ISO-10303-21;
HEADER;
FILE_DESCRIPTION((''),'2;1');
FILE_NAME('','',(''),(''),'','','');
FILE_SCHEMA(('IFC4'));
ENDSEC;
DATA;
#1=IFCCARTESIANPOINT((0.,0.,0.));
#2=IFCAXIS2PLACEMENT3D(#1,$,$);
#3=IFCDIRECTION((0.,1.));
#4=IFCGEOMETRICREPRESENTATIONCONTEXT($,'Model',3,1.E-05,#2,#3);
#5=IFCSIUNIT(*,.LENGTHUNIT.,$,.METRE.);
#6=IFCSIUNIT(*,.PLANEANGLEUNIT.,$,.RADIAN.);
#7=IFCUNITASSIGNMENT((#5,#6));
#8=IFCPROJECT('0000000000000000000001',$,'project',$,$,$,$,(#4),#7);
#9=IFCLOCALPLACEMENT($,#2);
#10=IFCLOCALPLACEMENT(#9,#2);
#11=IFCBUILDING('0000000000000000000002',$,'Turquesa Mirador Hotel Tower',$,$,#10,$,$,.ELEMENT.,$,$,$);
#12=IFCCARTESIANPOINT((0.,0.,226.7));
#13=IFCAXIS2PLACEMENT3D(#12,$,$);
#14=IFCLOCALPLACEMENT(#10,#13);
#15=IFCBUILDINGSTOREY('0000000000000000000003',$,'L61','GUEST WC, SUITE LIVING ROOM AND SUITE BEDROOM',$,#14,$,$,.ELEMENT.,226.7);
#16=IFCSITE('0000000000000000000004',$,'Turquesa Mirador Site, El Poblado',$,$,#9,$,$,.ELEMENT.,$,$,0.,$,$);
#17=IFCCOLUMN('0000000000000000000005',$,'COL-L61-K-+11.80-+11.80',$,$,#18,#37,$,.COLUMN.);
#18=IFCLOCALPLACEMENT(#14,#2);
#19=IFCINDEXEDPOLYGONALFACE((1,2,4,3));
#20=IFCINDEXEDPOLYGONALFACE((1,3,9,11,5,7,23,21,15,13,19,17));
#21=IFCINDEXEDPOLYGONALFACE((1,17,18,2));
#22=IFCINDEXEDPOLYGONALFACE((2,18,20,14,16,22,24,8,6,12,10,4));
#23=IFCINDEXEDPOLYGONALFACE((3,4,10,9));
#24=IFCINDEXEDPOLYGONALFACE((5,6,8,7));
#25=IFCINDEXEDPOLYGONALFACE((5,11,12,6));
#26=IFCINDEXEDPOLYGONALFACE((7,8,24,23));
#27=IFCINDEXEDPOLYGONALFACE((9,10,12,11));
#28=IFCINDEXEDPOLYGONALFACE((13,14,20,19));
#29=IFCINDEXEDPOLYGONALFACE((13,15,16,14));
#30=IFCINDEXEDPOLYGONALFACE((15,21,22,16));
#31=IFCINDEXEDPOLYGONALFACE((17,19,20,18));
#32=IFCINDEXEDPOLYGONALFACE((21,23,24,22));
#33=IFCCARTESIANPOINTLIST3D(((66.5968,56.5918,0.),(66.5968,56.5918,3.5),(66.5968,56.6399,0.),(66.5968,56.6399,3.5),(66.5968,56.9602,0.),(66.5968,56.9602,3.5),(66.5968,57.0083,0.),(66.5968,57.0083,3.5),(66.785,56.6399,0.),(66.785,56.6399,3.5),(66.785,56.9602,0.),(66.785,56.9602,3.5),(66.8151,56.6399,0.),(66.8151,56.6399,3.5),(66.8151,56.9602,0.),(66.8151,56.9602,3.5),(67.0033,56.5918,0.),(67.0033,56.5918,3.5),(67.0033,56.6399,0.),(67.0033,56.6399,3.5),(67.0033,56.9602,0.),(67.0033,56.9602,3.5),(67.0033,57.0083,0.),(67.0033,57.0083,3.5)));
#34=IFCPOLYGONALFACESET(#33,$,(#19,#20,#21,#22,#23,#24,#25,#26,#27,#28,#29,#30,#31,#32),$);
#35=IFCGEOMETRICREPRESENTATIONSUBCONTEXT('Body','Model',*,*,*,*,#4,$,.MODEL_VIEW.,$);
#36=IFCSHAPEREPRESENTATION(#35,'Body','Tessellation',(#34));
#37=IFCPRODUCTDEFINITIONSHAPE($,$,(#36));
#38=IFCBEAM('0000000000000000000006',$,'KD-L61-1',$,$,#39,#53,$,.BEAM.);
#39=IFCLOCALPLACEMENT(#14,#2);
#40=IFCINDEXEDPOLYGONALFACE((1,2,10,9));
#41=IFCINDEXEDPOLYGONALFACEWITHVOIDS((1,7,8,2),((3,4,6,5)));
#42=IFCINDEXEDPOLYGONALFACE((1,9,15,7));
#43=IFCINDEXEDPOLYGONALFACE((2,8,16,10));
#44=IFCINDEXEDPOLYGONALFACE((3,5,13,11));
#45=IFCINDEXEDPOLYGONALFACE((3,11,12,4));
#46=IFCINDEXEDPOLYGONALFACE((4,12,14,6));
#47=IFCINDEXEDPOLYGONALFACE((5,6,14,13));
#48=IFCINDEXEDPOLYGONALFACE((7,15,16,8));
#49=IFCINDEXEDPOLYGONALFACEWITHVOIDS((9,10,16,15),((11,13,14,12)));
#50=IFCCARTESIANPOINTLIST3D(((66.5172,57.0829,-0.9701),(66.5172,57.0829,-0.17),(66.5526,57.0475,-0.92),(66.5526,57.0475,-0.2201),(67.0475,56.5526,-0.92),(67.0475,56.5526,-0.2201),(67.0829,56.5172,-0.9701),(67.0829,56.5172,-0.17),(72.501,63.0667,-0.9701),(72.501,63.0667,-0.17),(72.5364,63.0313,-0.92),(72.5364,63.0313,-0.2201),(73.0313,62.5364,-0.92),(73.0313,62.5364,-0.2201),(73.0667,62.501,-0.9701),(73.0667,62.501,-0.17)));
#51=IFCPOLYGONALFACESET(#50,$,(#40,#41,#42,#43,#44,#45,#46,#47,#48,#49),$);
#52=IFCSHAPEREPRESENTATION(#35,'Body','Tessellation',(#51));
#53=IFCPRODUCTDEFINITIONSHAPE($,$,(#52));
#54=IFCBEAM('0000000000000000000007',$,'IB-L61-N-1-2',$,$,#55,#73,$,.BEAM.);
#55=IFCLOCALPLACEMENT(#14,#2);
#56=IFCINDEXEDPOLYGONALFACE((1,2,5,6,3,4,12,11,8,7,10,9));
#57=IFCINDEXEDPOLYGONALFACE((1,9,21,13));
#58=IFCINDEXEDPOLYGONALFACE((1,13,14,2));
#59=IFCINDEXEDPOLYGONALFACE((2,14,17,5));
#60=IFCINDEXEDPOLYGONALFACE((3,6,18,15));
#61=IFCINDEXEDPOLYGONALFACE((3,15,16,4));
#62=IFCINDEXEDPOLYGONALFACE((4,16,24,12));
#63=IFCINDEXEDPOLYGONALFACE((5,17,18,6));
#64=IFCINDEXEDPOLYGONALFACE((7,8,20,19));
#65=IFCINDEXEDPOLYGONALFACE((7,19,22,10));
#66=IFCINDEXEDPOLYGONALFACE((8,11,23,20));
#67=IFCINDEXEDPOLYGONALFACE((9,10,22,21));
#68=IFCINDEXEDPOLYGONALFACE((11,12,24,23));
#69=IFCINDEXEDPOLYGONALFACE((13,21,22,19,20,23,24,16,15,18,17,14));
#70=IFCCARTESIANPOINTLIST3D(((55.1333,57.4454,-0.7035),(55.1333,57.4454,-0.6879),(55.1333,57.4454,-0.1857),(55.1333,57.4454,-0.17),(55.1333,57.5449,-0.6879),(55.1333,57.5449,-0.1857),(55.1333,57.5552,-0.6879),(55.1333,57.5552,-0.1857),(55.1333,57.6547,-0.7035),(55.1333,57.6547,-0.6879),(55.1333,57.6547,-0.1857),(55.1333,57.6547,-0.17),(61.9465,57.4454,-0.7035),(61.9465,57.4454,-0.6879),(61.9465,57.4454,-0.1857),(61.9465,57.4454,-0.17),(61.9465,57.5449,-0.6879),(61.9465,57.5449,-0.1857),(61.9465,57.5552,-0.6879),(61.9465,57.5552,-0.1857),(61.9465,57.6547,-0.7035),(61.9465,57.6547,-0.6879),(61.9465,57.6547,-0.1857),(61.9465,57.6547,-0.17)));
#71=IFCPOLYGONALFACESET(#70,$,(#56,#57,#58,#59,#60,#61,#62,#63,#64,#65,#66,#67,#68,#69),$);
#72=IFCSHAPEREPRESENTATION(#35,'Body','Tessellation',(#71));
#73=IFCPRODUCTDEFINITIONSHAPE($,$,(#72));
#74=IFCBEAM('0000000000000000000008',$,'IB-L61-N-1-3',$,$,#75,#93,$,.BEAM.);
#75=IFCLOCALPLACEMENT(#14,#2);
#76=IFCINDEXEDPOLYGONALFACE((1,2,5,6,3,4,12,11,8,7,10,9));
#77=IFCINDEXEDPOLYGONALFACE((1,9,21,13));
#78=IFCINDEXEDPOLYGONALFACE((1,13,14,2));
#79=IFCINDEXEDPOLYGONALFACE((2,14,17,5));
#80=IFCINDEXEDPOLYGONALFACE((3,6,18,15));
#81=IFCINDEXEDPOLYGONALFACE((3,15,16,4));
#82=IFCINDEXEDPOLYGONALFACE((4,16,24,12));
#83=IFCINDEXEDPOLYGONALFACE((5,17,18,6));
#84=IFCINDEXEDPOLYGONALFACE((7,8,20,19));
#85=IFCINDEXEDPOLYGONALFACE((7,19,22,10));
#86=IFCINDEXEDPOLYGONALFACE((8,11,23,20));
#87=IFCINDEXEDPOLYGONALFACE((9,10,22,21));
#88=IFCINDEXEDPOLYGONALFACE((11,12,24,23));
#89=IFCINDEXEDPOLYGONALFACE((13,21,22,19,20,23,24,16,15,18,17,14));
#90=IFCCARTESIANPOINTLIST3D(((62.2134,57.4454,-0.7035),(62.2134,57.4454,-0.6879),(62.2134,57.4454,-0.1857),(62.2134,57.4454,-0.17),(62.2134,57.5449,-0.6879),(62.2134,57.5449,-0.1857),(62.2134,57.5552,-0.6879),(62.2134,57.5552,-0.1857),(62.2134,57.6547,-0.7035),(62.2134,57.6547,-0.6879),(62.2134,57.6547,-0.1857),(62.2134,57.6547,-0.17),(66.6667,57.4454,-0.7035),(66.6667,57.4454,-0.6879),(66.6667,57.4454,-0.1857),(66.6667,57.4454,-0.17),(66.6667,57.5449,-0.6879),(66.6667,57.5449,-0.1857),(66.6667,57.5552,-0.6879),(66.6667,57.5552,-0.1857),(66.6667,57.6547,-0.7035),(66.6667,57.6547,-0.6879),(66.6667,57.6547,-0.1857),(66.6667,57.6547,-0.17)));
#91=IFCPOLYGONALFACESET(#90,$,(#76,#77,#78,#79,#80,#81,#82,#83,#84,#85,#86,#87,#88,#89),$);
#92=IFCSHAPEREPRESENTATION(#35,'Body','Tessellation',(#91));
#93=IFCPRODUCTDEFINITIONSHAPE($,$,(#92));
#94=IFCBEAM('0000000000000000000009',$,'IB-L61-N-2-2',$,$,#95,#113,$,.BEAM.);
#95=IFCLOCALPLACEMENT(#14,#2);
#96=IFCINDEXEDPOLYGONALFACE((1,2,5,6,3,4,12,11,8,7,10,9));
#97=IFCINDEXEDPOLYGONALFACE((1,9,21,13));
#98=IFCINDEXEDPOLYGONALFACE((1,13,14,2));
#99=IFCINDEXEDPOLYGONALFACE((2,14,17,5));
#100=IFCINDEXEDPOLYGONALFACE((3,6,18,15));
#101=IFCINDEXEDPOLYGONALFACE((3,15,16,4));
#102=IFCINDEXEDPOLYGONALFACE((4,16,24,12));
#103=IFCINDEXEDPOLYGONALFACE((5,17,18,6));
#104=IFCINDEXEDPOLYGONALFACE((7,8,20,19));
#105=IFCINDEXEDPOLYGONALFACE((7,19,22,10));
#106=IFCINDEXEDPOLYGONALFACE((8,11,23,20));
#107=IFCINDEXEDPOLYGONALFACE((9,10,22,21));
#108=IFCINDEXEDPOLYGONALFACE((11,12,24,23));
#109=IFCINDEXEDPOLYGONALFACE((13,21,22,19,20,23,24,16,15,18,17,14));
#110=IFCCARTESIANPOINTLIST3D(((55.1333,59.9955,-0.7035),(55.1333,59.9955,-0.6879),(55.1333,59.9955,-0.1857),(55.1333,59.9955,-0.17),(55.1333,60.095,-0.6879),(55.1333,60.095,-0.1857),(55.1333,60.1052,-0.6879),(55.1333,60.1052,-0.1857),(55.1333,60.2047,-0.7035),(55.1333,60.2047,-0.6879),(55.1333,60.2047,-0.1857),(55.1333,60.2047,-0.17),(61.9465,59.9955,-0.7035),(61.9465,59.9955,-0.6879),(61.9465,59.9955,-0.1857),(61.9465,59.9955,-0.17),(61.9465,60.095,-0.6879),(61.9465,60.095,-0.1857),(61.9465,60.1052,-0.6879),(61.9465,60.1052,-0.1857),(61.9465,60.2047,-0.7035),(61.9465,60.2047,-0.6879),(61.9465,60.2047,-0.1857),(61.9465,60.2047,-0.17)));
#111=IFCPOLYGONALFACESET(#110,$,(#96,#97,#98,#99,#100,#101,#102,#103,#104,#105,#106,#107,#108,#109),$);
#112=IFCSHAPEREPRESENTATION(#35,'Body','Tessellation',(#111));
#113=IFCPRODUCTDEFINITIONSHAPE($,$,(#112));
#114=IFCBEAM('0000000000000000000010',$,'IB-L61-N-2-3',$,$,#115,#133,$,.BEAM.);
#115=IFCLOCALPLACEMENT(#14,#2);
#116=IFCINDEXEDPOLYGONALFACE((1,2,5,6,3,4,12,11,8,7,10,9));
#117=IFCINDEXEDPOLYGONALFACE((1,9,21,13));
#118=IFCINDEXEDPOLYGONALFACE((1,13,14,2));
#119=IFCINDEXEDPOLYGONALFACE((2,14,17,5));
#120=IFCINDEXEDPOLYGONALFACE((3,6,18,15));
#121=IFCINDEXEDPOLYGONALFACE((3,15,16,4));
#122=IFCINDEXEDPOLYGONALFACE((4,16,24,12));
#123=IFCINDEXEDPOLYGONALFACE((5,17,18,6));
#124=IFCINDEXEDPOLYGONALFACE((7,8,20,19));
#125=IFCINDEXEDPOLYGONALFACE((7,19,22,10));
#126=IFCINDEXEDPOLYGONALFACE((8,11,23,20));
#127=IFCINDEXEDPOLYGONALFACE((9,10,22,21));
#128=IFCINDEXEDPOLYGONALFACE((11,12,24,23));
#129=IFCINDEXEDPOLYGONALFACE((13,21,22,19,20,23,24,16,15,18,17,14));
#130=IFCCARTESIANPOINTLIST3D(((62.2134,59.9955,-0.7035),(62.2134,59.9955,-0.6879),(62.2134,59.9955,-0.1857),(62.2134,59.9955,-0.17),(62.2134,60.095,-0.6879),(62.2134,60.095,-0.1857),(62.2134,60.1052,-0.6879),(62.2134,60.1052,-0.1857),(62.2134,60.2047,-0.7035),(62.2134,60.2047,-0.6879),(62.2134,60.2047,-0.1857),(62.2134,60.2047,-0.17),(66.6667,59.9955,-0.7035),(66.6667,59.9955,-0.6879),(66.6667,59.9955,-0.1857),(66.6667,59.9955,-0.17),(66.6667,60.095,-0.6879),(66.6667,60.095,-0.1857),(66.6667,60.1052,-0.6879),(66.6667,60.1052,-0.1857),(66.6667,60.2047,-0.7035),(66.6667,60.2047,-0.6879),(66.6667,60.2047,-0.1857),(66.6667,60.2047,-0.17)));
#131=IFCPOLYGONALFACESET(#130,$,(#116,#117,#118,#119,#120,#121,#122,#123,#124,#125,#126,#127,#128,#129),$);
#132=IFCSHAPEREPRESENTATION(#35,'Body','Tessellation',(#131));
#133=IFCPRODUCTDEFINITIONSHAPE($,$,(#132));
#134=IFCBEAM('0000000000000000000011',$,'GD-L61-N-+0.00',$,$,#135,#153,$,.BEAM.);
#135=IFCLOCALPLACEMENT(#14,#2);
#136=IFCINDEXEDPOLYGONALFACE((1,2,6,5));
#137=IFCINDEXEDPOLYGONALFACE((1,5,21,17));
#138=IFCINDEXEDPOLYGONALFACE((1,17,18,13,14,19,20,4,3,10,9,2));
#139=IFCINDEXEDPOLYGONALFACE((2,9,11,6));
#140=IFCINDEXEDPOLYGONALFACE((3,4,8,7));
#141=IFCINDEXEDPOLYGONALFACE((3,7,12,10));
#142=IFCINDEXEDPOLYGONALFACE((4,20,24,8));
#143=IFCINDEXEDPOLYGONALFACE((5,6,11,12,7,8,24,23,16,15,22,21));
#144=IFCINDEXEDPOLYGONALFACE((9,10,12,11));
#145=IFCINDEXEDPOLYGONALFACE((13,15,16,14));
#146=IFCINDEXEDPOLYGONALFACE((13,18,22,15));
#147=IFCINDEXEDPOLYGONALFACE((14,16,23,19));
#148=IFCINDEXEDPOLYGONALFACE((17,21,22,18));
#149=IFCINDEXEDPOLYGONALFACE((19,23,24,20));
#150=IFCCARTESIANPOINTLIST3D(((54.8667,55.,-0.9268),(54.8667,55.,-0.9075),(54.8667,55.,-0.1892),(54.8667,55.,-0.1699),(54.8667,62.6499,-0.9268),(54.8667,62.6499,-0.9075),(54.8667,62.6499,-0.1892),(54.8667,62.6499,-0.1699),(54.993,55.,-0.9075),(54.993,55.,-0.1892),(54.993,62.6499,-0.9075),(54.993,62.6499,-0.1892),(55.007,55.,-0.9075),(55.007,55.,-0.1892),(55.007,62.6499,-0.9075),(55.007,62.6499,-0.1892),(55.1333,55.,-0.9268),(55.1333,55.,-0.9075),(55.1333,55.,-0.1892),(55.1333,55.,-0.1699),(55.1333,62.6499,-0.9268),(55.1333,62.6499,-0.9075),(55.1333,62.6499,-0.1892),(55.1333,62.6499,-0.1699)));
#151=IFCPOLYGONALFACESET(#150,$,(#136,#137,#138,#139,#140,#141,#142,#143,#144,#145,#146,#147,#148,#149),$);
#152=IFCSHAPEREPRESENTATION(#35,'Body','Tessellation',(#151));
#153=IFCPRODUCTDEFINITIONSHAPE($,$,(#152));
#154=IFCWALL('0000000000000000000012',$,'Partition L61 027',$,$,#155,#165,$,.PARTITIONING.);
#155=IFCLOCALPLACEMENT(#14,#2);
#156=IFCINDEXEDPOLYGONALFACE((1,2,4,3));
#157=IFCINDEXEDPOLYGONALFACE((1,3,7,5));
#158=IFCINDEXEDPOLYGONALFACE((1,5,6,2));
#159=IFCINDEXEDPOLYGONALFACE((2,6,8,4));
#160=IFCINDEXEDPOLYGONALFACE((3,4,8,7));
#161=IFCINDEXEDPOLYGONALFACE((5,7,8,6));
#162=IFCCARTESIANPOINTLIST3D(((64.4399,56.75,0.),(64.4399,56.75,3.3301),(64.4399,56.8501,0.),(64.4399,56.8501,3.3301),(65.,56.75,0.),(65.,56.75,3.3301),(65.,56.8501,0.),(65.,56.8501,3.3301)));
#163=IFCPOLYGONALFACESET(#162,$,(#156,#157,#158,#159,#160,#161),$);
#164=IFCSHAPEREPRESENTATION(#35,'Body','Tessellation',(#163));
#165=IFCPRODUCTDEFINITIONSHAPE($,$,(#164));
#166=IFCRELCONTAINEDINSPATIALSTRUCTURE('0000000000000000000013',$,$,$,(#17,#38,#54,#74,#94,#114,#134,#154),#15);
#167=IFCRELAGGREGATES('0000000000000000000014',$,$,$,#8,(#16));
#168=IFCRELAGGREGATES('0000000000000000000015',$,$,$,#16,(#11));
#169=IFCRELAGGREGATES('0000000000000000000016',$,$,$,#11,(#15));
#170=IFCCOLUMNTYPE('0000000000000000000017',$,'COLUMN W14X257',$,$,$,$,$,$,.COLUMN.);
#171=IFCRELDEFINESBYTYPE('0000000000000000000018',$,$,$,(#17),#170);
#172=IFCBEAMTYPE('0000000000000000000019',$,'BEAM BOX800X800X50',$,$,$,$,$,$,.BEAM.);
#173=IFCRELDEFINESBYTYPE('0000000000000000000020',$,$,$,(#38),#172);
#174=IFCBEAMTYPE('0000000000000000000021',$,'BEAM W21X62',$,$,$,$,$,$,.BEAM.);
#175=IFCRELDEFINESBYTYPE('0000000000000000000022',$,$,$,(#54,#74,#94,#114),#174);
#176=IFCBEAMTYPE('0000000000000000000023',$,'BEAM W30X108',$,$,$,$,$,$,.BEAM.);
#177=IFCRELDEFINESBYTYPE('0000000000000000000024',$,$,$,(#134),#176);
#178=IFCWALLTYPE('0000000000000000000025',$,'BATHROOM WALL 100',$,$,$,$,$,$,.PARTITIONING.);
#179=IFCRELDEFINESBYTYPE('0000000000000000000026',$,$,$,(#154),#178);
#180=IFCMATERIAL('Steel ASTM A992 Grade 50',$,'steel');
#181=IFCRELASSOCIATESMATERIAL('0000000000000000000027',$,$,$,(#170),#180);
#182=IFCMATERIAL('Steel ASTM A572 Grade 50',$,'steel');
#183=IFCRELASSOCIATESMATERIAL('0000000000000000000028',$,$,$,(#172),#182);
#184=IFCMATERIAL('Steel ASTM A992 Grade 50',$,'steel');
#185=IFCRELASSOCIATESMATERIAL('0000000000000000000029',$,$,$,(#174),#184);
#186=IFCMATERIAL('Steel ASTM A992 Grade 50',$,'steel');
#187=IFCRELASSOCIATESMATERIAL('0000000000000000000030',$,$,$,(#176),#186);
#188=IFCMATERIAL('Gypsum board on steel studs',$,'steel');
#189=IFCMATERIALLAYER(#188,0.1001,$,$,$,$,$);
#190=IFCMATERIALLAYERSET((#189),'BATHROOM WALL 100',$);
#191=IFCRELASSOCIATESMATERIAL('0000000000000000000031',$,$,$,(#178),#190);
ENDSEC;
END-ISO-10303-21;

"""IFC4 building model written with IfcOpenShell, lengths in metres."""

from ifc_helpers import new_model, si_unit, direction, frame, frame_2d, origin, origin_2d, place, context, subcontext, project, spatial, rectangle, hollow_rectangle, i_section, extrude, material, layer, layer_set, material_profile, profile_set, type_object, element, save


model = new_model("IFC4")

# Units and contexts
model_context = context("Model", 3, precision=1e-05, world=origin(), true_north=direction((0.0, 1.0)))
body_context = subcontext(model_context, "Body", "Model", "MODEL_VIEW")
ifc_project = project(units=[si_unit("LENGTHUNIT", "METRE"), si_unit("PLANEANGLEUNIT", "RADIAN")], contexts=[model_context])

# Site, building, storey
site_placement = place(None, origin())
site = spatial("IfcSite", under=ifc_project, at=site_placement, Name="Turquesa Mirador Site, El Poblado", CompositionType="ELEMENT", RefElevation=0.0)
building_placement = place(site_placement, origin())
building = spatial("IfcBuilding", under=site, at=building_placement, Name="Turquesa Mirador Hotel Tower", CompositionType="ELEMENT")
storey_placement = place(building_placement, frame((0.0, 0.0, 226.7)))
storey = spatial("IfcBuildingStorey", under=building, at=storey_placement, Name="L61", Description="GUEST WC, SUITE LIVING ROOM AND SUITE BEDROOM", CompositionType="ELEMENT", Elevation=226.7)

# Column
ifc_material_1 = material(Name="Steel ASTM A992 Grade 50", Category="steel")
ifc_material_profile_1 = material_profile(ifc_material_1, i_section(OverallWidth=0.4065, OverallDepth=0.4165, WebThickness=0.03, FlangeThickness=0.0481, at=origin_2d()), Name="W14X257")
ifc_profile_set_1 = profile_set([ifc_material_profile_1], Name="Steel ASTM A992 Grade 50")
column_type = type_object("IfcColumnType", Name="COLUMN W14X257", PredefinedType="COLUMN", material=ifc_profile_set_1)
column_placement = place(storey_placement, frame((66.8, 56.8, 0.0), z_axis=(0.0, 0.0, 1.0), x_axis=(1.0, 0.0, 0.0)))
element("IfcColumn", 1, at=column_placement, inside=storey, type_object=column_type, Name="COL-L61-K-+11.80-+11.80", PredefinedType="COLUMN", context=body_context, shape_type="SweptSolid", body=[
    extrude(i_section(OverallWidth=0.4065, OverallDepth=0.4165, WebThickness=0.03, FlangeThickness=0.0481, at=origin_2d()), origin(), (0.0, 0.0, 1.0), 3.5),
])

# Beams
ifc_material_2 = material(Name="Steel ASTM A572 Grade 50", Category="steel")
ifc_material_profile_2 = material_profile(ifc_material_2, hollow_rectangle(XDim=0.8, YDim=0.8, WallThickness=0.05, at=origin_2d()), Name="BOX800X800X50")
ifc_profile_set_2 = profile_set([ifc_material_profile_2], Name="Steel ASTM A572 Grade 50")
beam_type_1 = type_object("IfcBeamType", Name="BEAM BOX800X800X50", PredefinedType="BEAM", material=ifc_profile_set_2)
beam_1_placement = place(storey_placement, frame((66.8, 56.8, -0.5701), z_axis=(0.707107, 0.707107, 0.0), x_axis=(-0.707107, 0.707107, 0.0)))
element("IfcBeam", 2, at=beam_1_placement, inside=storey, type_object=beam_type_1, Name="KD-L61-1", PredefinedType="BEAM", context=body_context, shape_type="SweptSolid", body=[
    extrude(hollow_rectangle(XDim=0.8, YDim=0.8, WallThickness=0.05, at=origin_2d()), origin(), (0.0, 0.0, 1.0), 8.4624),
])
ifc_material_3 = material(Name="Steel ASTM A992 Grade 50", Category="steel")
ifc_material_profile_3 = material_profile(ifc_material_3, i_section(OverallWidth=0.2092, OverallDepth=0.5334, WebThickness=0.0103, FlangeThickness=0.0156, at=origin_2d()), Name="W21X62")
ifc_profile_set_3 = profile_set([ifc_material_profile_3], Name="Steel ASTM A992 Grade 50")
beam_type_2 = type_object("IfcBeamType", Name="BEAM W21X62", PredefinedType="BEAM", material=ifc_profile_set_3)
beam_2_placement = place(storey_placement, frame((55.1333, 57.55, -0.4368), z_axis=(1.0, 0.0, 0.0), x_axis=(0.0, 1.0, 0.0)))
element("IfcBeam", 3, at=beam_2_placement, inside=storey, type_object=beam_type_2, Name="IB-L61-N-1-2", PredefinedType="BEAM", context=body_context, shape_type="SweptSolid", body=[
    extrude(i_section(OverallWidth=0.2092, OverallDepth=0.5334, WebThickness=0.0103, FlangeThickness=0.0156, at=origin_2d()), origin(), (0.0, 0.0, 1.0), 6.8132),
])
beam_3_placement = place(storey_placement, frame((62.2134, 57.55, -0.4368), z_axis=(1.0, 0.0, 0.0), x_axis=(0.0, 1.0, 0.0)))
element("IfcBeam", 4, at=beam_3_placement, inside=storey, type_object=beam_type_2, Name="IB-L61-N-1-3", PredefinedType="BEAM", context=body_context, shape_type="SweptSolid", body=[
    extrude(i_section(OverallWidth=0.2092, OverallDepth=0.5334, WebThickness=0.0103, FlangeThickness=0.0156, at=origin_2d()), origin(), (0.0, 0.0, 1.0), 4.4534),
])
beam_4_placement = place(storey_placement, frame((55.1333, 60.1001, -0.4368), z_axis=(1.0, 0.0, 0.0), x_axis=(0.0, 1.0, 0.0)))
element("IfcBeam", 5, at=beam_4_placement, inside=storey, type_object=beam_type_2, Name="IB-L61-N-2-2", PredefinedType="BEAM", context=body_context, shape_type="SweptSolid", body=[
    extrude(i_section(OverallWidth=0.2092, OverallDepth=0.5334, WebThickness=0.0103, FlangeThickness=0.0156, at=origin_2d()), origin(), (0.0, 0.0, 1.0), 6.8132),
])
beam_5_placement = place(storey_placement, frame((62.2134, 60.1001, -0.4368), z_axis=(1.0, 0.0, 0.0), x_axis=(0.0, 1.0, 0.0)))
element("IfcBeam", 6, at=beam_5_placement, inside=storey, type_object=beam_type_2, Name="IB-L61-N-2-3", PredefinedType="BEAM", context=body_context, shape_type="SweptSolid", body=[
    extrude(i_section(OverallWidth=0.2092, OverallDepth=0.5334, WebThickness=0.0103, FlangeThickness=0.0156, at=origin_2d()), origin(), (0.0, 0.0, 1.0), 4.4534),
])
ifc_material_4 = material(Name="Steel ASTM A992 Grade 50", Category="steel")
ifc_material_profile_4 = material_profile(ifc_material_4, i_section(OverallWidth=0.2666, OverallDepth=0.7568, WebThickness=0.0139, FlangeThickness=0.0193, at=origin_2d()), Name="W30X108")
ifc_profile_set_4 = profile_set([ifc_material_profile_4], Name="Steel ASTM A992 Grade 50")
beam_type_3 = type_object("IfcBeamType", Name="BEAM W30X108", PredefinedType="BEAM", material=ifc_profile_set_4)
beam_6_placement = place(storey_placement, frame((55.0, 62.6499, -0.5483), z_axis=(0.0, -1.0, 0.0), x_axis=(1.0, 0.0, 0.0)))
element("IfcBeam", 7, at=beam_6_placement, inside=storey, type_object=beam_type_3, Name="GD-L61-N-+0.00", PredefinedType="BEAM", context=body_context, shape_type="SweptSolid", body=[
    extrude(i_section(OverallWidth=0.2666, OverallDepth=0.7568, WebThickness=0.0139, FlangeThickness=0.0193, at=origin_2d()), origin(), (0.0, 0.0, 1.0), 7.6499),
])

# Wall
ifc_material_5 = material(Name="Gypsum board on steel studs", Category="steel")
ifc_layer_1 = layer(ifc_material_5, 0.1001)
ifc_layer_set_1 = layer_set([ifc_layer_1], Name="BATHROOM WALL 100")
wall_type_1 = type_object("IfcWallType", Name="BATHROOM WALL 100", PredefinedType="PARTITIONING", material=ifc_layer_set_1)
wall_1_placement = place(storey_placement, frame((64.4399, 56.8, 0.0), z_axis=(0.0, 0.0, 1.0), x_axis=(1.0, 0.0, 0.0)))
element("IfcWall", 8, at=wall_1_placement, inside=storey, type_object=wall_type_1, Name="Partition L61 027", PredefinedType="PARTITIONING", context=body_context, shape_type="SweptSolid", body=[
    extrude(rectangle(XDim=0.5601, YDim=0.1001, at=frame_2d((0.28, 0.0))), origin(), (0.0, 0.0, 1.0), 3.3301),
])

save(model, "model.ifc")
